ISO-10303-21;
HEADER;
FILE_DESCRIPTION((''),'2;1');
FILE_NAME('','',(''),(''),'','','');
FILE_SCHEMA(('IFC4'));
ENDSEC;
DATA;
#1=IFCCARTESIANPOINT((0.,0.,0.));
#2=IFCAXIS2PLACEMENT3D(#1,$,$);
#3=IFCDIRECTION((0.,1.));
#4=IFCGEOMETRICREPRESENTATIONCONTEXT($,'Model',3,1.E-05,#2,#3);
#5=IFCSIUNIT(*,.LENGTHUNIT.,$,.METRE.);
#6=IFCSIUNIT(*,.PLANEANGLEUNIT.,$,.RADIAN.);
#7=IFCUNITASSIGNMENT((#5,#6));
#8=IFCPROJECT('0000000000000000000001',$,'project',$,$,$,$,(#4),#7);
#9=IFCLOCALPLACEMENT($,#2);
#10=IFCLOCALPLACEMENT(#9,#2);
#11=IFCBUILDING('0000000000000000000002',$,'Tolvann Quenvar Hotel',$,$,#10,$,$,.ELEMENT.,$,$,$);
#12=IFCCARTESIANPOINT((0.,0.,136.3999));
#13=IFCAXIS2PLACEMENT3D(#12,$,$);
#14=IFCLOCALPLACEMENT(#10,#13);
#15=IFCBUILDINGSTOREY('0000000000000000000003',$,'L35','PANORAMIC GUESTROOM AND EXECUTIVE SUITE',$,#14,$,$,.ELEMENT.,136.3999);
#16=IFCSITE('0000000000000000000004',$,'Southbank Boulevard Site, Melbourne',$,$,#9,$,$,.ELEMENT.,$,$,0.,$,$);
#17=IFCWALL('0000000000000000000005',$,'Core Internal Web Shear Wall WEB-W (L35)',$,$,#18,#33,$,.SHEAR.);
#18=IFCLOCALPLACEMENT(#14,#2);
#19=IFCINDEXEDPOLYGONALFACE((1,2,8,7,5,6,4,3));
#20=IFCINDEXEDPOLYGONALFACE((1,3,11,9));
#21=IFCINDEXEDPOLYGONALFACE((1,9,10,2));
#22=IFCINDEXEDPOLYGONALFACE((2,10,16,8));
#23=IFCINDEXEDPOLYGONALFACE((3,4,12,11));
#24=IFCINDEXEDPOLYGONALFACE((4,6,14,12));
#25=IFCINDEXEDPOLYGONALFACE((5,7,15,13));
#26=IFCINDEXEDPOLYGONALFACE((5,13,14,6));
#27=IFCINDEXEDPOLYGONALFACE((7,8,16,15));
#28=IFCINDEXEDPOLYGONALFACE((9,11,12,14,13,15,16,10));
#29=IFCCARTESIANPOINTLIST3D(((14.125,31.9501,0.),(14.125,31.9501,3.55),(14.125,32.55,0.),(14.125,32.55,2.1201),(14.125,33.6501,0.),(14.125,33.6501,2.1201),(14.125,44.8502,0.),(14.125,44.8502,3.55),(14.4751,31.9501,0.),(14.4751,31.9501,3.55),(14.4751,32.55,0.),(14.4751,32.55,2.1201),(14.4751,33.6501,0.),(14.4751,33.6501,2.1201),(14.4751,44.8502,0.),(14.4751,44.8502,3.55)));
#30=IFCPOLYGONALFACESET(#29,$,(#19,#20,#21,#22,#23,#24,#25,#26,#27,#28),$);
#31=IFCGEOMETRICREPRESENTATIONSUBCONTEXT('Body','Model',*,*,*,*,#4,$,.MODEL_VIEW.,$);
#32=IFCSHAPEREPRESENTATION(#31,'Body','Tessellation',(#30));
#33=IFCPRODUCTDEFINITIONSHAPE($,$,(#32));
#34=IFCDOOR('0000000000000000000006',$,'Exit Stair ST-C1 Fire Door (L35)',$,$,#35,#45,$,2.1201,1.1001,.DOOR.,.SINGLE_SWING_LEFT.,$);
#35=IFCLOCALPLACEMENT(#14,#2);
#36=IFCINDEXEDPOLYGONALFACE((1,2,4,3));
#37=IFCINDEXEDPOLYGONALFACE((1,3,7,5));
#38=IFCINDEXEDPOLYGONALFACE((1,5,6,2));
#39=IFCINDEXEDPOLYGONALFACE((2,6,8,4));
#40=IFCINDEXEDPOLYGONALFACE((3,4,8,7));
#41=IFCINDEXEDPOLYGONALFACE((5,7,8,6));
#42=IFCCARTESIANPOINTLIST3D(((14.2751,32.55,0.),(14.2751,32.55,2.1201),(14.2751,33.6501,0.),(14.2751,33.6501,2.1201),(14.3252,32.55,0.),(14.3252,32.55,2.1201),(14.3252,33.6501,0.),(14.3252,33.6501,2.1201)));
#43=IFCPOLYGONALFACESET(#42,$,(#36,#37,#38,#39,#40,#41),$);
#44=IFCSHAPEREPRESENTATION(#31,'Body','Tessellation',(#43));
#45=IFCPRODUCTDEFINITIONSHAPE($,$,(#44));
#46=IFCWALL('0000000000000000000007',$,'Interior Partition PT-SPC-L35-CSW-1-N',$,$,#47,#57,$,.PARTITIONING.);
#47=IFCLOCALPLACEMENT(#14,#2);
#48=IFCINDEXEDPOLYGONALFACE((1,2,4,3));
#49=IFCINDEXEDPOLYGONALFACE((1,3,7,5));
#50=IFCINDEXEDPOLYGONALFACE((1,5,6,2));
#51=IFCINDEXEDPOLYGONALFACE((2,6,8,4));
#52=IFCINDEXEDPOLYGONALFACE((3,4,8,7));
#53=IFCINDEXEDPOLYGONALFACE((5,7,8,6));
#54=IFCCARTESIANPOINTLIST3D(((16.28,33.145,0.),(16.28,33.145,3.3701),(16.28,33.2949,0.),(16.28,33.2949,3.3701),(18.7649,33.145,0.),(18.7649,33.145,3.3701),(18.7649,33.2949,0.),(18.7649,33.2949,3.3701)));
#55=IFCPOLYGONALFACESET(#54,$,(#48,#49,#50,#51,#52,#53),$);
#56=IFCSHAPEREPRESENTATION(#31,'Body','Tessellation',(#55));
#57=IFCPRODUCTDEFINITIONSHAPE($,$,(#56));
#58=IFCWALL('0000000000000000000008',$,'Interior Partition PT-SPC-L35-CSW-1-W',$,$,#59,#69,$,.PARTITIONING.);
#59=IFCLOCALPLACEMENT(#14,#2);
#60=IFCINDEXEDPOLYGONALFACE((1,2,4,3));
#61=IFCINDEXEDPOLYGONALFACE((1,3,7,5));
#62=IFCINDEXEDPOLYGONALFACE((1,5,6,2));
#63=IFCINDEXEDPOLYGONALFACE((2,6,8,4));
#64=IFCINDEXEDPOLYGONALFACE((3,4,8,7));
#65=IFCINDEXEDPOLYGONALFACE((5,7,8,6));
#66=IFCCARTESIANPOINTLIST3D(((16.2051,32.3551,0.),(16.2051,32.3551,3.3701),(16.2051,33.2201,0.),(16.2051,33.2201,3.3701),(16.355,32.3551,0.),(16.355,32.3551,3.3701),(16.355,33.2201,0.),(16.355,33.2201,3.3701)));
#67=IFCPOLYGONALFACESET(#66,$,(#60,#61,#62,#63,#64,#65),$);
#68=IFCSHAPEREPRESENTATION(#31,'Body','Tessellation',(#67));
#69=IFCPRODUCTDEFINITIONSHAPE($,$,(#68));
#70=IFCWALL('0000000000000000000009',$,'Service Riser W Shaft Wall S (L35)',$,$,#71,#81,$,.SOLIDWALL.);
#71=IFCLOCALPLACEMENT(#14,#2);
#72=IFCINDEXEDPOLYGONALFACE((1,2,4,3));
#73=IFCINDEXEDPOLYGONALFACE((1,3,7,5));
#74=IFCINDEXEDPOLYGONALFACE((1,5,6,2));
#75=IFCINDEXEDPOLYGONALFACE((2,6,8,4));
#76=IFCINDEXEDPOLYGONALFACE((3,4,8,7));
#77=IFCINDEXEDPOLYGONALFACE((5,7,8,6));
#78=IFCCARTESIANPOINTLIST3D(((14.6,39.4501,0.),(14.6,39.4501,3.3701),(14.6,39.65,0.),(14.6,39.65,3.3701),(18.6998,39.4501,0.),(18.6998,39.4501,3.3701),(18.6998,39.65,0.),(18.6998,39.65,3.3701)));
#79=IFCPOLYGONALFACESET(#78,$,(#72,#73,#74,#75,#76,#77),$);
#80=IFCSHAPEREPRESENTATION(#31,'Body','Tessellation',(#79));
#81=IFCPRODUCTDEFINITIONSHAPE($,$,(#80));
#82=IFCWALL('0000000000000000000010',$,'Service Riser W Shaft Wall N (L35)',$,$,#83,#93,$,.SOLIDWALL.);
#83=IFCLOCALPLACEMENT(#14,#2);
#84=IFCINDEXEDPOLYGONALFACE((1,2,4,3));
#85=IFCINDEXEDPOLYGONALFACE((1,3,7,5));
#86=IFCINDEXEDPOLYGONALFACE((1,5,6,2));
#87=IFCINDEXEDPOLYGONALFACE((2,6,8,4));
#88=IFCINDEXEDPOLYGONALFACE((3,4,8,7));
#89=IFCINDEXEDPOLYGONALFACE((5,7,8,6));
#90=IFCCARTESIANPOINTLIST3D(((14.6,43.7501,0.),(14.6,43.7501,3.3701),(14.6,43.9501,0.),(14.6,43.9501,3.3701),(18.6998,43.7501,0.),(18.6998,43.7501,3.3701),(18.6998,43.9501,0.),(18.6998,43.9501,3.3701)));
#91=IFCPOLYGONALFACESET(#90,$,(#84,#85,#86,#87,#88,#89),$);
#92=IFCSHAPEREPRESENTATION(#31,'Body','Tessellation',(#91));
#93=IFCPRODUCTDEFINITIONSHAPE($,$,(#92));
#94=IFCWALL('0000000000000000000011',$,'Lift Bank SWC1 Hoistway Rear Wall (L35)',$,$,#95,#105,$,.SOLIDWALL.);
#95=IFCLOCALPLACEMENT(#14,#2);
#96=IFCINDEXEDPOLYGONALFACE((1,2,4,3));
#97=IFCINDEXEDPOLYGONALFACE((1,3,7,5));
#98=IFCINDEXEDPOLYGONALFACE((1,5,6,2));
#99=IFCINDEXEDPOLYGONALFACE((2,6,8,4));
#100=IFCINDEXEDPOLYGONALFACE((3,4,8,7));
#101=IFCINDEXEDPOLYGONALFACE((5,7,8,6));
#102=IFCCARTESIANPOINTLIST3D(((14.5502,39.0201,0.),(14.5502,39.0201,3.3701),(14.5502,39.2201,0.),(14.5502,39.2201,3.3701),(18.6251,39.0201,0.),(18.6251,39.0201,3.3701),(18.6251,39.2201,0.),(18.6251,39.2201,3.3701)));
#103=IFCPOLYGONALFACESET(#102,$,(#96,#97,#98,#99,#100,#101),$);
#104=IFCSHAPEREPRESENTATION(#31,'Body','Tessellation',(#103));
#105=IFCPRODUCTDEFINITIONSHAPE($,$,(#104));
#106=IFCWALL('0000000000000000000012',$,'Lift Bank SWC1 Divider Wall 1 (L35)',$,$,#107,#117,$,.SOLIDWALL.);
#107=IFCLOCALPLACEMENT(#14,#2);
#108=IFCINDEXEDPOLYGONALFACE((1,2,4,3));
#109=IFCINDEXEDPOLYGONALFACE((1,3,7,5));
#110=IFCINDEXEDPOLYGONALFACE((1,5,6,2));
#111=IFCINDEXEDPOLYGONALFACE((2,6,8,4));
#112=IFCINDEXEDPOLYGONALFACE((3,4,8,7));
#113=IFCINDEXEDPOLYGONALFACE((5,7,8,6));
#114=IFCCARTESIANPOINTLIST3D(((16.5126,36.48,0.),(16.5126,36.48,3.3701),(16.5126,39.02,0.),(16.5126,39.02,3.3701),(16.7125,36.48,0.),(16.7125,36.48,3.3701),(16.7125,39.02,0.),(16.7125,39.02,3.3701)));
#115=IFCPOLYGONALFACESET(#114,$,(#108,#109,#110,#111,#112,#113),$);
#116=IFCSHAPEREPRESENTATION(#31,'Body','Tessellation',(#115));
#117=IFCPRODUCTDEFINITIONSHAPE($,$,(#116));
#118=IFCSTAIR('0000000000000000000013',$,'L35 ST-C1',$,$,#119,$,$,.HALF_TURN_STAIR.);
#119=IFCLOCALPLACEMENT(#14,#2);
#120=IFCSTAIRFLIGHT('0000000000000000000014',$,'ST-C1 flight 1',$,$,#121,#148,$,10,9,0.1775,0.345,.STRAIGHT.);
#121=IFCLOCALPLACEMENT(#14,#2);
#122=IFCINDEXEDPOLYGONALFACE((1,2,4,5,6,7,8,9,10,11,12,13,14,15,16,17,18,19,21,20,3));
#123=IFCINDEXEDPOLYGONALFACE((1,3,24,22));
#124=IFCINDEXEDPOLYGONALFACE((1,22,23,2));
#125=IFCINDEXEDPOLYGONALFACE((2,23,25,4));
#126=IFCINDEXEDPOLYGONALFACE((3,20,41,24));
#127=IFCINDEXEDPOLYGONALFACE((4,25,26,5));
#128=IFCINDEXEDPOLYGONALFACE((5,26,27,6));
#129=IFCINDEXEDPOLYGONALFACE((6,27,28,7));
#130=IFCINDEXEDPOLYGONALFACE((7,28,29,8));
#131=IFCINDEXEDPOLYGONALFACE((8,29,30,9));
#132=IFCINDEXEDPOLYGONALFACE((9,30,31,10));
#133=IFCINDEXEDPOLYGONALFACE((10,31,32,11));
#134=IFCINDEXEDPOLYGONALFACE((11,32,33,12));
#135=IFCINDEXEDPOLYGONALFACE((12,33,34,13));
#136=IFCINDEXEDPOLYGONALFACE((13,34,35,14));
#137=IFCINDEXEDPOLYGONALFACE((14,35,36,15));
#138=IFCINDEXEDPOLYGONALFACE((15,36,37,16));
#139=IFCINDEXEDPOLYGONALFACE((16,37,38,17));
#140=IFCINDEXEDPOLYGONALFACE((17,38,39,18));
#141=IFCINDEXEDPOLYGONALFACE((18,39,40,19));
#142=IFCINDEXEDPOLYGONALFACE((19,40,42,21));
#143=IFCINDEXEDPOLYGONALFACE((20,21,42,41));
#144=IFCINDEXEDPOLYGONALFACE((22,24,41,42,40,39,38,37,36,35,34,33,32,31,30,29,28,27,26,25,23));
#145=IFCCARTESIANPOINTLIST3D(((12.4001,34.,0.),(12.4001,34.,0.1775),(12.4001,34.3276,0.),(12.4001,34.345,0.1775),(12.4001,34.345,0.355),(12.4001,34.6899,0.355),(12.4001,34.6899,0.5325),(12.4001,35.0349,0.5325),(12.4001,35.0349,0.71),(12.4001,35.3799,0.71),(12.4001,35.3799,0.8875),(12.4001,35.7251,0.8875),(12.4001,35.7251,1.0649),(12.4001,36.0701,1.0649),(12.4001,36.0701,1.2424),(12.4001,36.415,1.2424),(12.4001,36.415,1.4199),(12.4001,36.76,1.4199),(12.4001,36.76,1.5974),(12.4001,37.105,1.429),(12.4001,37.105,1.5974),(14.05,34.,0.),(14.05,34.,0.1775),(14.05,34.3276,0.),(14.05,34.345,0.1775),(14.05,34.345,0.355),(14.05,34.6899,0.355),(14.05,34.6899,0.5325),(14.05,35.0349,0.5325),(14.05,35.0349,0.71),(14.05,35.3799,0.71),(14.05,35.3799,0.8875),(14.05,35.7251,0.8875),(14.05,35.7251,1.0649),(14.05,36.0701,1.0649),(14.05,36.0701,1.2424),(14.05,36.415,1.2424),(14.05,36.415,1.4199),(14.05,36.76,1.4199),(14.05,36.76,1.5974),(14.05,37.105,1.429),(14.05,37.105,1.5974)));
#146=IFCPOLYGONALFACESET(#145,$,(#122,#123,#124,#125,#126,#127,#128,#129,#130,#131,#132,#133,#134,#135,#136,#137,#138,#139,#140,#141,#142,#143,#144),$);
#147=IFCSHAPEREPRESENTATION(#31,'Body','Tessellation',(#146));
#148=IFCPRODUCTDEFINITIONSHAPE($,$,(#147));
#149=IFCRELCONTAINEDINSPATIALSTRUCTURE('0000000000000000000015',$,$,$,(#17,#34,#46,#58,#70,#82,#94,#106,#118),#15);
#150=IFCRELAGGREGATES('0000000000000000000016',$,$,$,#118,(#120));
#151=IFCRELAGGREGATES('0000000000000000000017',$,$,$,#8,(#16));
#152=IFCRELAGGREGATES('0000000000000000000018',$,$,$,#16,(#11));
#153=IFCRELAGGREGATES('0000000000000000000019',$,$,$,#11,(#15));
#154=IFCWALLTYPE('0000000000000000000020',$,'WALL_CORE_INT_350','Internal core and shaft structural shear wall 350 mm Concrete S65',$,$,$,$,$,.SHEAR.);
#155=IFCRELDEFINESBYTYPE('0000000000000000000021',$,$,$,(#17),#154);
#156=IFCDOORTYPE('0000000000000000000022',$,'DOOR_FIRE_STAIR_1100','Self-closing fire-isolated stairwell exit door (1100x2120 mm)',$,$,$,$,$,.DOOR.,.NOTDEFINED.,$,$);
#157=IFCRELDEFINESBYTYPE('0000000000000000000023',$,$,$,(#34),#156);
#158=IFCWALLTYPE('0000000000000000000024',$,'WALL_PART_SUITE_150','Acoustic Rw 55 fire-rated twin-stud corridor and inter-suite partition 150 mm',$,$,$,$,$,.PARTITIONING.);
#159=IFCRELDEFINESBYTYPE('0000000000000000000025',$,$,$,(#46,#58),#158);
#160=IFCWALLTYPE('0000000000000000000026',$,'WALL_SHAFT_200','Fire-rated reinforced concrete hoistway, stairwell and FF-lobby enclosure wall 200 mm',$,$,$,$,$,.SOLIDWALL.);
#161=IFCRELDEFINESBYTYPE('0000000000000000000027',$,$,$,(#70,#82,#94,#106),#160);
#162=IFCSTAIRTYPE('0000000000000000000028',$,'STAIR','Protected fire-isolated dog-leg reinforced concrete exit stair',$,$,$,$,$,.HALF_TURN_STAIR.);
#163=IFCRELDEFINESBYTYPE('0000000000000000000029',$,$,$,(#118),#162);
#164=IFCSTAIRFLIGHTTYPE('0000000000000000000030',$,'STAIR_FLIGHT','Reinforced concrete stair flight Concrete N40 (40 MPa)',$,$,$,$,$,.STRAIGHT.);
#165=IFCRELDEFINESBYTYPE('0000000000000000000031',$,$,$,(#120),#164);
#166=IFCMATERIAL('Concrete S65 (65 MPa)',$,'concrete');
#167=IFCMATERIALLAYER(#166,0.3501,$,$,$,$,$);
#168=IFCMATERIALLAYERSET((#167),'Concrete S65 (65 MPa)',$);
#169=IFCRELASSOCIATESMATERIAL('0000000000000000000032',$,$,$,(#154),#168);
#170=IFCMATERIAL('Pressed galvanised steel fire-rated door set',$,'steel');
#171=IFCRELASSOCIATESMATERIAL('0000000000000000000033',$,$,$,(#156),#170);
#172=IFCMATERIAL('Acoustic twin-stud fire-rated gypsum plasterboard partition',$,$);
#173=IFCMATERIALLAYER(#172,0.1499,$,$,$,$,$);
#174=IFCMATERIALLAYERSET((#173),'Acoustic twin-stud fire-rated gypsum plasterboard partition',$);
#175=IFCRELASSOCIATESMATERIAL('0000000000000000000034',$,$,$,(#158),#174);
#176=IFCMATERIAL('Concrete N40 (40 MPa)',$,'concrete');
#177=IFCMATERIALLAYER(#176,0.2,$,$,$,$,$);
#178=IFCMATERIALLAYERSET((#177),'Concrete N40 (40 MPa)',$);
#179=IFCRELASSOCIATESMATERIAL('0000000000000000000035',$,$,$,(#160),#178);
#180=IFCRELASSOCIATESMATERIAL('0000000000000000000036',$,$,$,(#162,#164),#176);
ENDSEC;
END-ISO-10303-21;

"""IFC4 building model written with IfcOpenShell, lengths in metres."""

from ifc_helpers import new_model, si_unit, direction, frame, frame_2d, origin, place, context, subcontext, project, spatial, polyline, rectangle, outline, extrude, source, transform, mapped, material, layer, layer_set, type_object, type_shapes, element, fill, aggregate, save


model = new_model("IFC4")

# Units and contexts
model_context = context("Model", 3, precision=1e-05, world=origin(), true_north=direction((0.0, 1.0)))
body_context = subcontext(model_context, "Body", "Model", "MODEL_VIEW")
ifc_project = project(units=[si_unit("LENGTHUNIT", "METRE"), si_unit("PLANEANGLEUNIT", "RADIAN")], contexts=[model_context])

# Site, building, storey
site_placement = place(None, origin())
site = spatial("IfcSite", under=ifc_project, at=site_placement, Name="Southbank Boulevard Site, Melbourne", CompositionType="ELEMENT", RefElevation=0.0)
building_placement = place(site_placement, origin())
building = spatial("IfcBuilding", under=site, at=building_placement, Name="Tolvann Quenvar Hotel", CompositionType="ELEMENT")
storey_placement = place(building_placement, frame((0.0, 0.0, 136.3999)))
storey = spatial("IfcBuildingStorey", under=building, at=storey_placement, Name="L35", Description="PANORAMIC GUESTROOM AND EXECUTIVE SUITE", CompositionType="ELEMENT", Elevation=136.3999)

# Wall, opening, door
ifc_material_1 = material(Name="Concrete S65 (65 MPa)", Category="concrete")
ifc_layer_1 = layer(ifc_material_1, 0.3501)
ifc_layer_set_1 = layer_set([ifc_layer_1], Name="Concrete S65 (65 MPa)")
wall_type_1 = type_object("IfcWallType", Name="WALL_CORE_INT_350", Description="Internal core and shaft structural shear wall 350 mm Concrete S65", PredefinedType="SHEAR", material=ifc_layer_set_1)
wall_1_placement = place(storey_placement, frame((14.3, 31.95, 0.0), z_axis=(0.0, 0.0, 1.0), x_axis=(0.0, 1.0, 0.0)))
wall_1 = element("IfcWall", 1, at=wall_1_placement, inside=storey, type_object=wall_type_1, Name="Core Internal Web Shear Wall WEB-W (L35)", PredefinedType="SHEAR", context=body_context, shape_type="SweptSolid", body=[
    extrude(rectangle(XDim=12.9001, YDim=0.3501, at=frame_2d((6.4502, 0.0))), origin(), (0.0, 0.0, 1.0), 3.55),
])
opening_1_placement = place(wall_1_placement, frame((0.6001, 0.0, 0.0)))
opening_1 = element("IfcOpeningElement", 2, at=opening_1_placement, cuts=wall_1, PredefinedType="OPENING", context=body_context, shape_type="SweptSolid", body=[
    extrude(rectangle(XDim=1.1001, YDim=2.1201, at=frame_2d((0.55, 1.0601))), frame((0.0, 0.1851, 0.0), z_axis=(0.0, -1.0, 0.0), x_axis=(1.0, 0.0, 0.0)), (0.0, 0.0, 1.0), 0.3701),
])
ifc_material_2 = material(Name="Pressed galvanised steel fire-rated door set", Category="steel")
door_type_1 = type_object("IfcDoorType", Name="DOOR_FIRE_STAIR_1100", Description="Self-closing fire-isolated stairwell exit door (1100x2120 mm)", OperationType="NOTDEFINED", PredefinedType="DOOR", material=ifc_material_2)
shared_shape_1 = source(origin(), body_context, "Body", "SweptSolid", [
    extrude(rectangle(XDim=1.1001, YDim=2.1201, at=frame_2d((0.55, 1.0601))), frame((0.0, 0.0249, 0.0), z_axis=(0.0, -1.0, 0.0), x_axis=(1.0, 0.0, 0.0)), (0.0, 0.0, 1.0), 0.05),
])
type_shapes(door_type_1, [shared_shape_1])
door_1_placement = place(opening_1_placement, origin())
door_1 = element("IfcDoor", 3, at=door_1_placement, inside=storey, type_object=door_type_1, Name="Exit Stair ST-C1 Fire Door (L35)", OperationType="SINGLE_SWING_LEFT", OverallHeight=2.1201, OverallWidth=1.1001, PredefinedType="DOOR", context=body_context, shape_type="MappedRepresentation", body=[
    mapped(shared_shape_1, transform((0.0, 0.0, 0.0), x_axis=(1.0, 0.0, 0.0), y_axis=(0.0, 1.0, 0.0), z_axis=(0.0, 0.0, 1.0), scale=1.0)),
])
fill(opening_1, door_1)

# Walls
ifc_material_3 = material(Name="Acoustic twin-stud fire-rated gypsum plasterboard partition")
ifc_layer_2 = layer(ifc_material_3, 0.1499)
ifc_layer_set_2 = layer_set([ifc_layer_2], Name="Acoustic twin-stud fire-rated gypsum plasterboard partition")
wall_type_2 = type_object("IfcWallType", Name="WALL_PART_SUITE_150", Description="Acoustic Rw 55 fire-rated twin-stud corridor and inter-suite partition 150 mm", PredefinedType="PARTITIONING", material=ifc_layer_set_2)
wall_2_placement = place(storey_placement, frame((16.28, 33.22, 0.0), z_axis=(0.0, 0.0, 1.0), x_axis=(1.0, 0.0, 0.0)))
element("IfcWall", 4, at=wall_2_placement, inside=storey, type_object=wall_type_2, Name="Interior Partition PT-SPC-L35-CSW-1-N", PredefinedType="PARTITIONING", context=body_context, shape_type="SweptSolid", body=[
    extrude(rectangle(XDim=2.4849, YDim=0.1499, at=frame_2d((1.2424, 0.0))), origin(), (0.0, 0.0, 1.0), 3.3701),
])
wall_3_placement = place(storey_placement, frame((16.28, 32.355, 0.0), z_axis=(0.0, 0.0, 1.0), x_axis=(0.0, 1.0, 0.0)))
element("IfcWall", 5, at=wall_3_placement, inside=storey, type_object=wall_type_2, Name="Interior Partition PT-SPC-L35-CSW-1-W", PredefinedType="PARTITIONING", context=body_context, shape_type="SweptSolid", body=[
    extrude(rectangle(XDim=0.865, YDim=0.1499, at=frame_2d((0.4326, 0.0))), origin(), (0.0, 0.0, 1.0), 3.3701),
])
ifc_material_4 = material(Name="Concrete N40 (40 MPa)", Category="concrete")
ifc_layer_3 = layer(ifc_material_4, 0.2)
ifc_layer_set_3 = layer_set([ifc_layer_3], Name="Concrete N40 (40 MPa)")
wall_type_3 = type_object("IfcWallType", Name="WALL_SHAFT_200", Description="Fire-rated reinforced concrete hoistway, stairwell and FF-lobby enclosure wall 200 mm", PredefinedType="SOLIDWALL", material=ifc_layer_set_3)
for number, where, z_axis, x_axis, name in (
    (6, (14.6001, 39.55, 0.0), (0.0, 0.0, 1.0), (1.0, 0.0, 0.0), "Service Riser W Shaft Wall S (L35)"),
    (7, (14.6001, 43.8501, 0.0), (0.0, 0.0, 1.0), (1.0, 0.0, 0.0), "Service Riser W Shaft Wall N (L35)"),
):
    element("IfcWall", number, at=place(storey_placement, frame(where, z_axis=z_axis, x_axis=x_axis)), inside=storey, type_object=wall_type_3, Name=name, PredefinedType="SOLIDWALL", context=body_context, shape_type="SweptSolid", body=[
        extrude(rectangle(XDim=4.0999, YDim=0.2, at=frame_2d((2.0498, 0.0))), origin(), (0.0, 0.0, 1.0), 3.3701),
    ])

# Walls
wall_4_placement = place(storey_placement, frame((14.55, 39.1201, 0.0), z_axis=(0.0, 0.0, 1.0), x_axis=(1.0, 0.0, 0.0)))
element("IfcWall", 8, at=wall_4_placement, inside=storey, type_object=wall_type_3, Name="Lift Bank SWC1 Hoistway Rear Wall (L35)", PredefinedType="SOLIDWALL", context=body_context, shape_type="SweptSolid", body=[
    extrude(rectangle(XDim=4.075, YDim=0.2, at=frame_2d((2.0376, 0.0))), origin(), (0.0, 0.0, 1.0), 3.3701),
])
wall_5_placement = place(storey_placement, frame((16.6125, 36.48, 0.0), z_axis=(0.0, 0.0, 1.0), x_axis=(0.0, 1.0, 0.0)))
element("IfcWall", 9, at=wall_5_placement, inside=storey, type_object=wall_type_3, Name="Lift Bank SWC1 Divider Wall 1 (L35)", PredefinedType="SOLIDWALL", context=body_context, shape_type="SweptSolid", body=[
    extrude(rectangle(XDim=2.54, YDim=0.2, at=frame_2d((1.27, 0.0))), origin(), (0.0, 0.0, 1.0), 3.3701),
])

# Stair, stair flight
stair_type = type_object("IfcStairType", Name="STAIR", Description="Protected fire-isolated dog-leg reinforced concrete exit stair", PredefinedType="HALF_TURN_STAIR", material=ifc_material_4)
stair_placement = place(storey_placement, origin())
stair = element("IfcStair", 10, at=stair_placement, inside=storey, type_object=stair_type, Name="L35 ST-C1", PredefinedType="HALF_TURN_STAIR")
stair_flight_type = type_object("IfcStairFlightType", Name="STAIR_FLIGHT", Description="Reinforced concrete stair flight Concrete N40 (40 MPa)", PredefinedType="STRAIGHT", material=ifc_material_4)
stair_flight_placement = place(storey_placement, frame((13.2251, 34.0, 0.0), z_axis=(0.0, 0.0, 1.0), x_axis=(0.0, 1.0, 0.0)))
stair_flight = element("IfcStairFlight", 11, at=stair_flight_placement, type_object=stair_flight_type, Name="ST-C1 flight 1", NumberOfRisers=10, NumberOfTreads=9, PredefinedType="STRAIGHT", RiserHeight=0.1775, TreadLength=0.345, context=body_context, shape_type="SweptSolid", body=[
    extrude(outline(polyline([(0.0, 0.0), (0.0, 0.1775), (0.345, 0.1775), (0.345, 0.355), (0.6899, 0.355), (0.6899, 0.5325), (1.0349, 0.5325), (1.0349, 0.71), (1.3799, 0.71), (1.3799, 0.8875), (1.7251, 0.8875), (1.7251, 1.0649), (2.0701, 1.0649), (2.0701, 1.2424), (2.415, 1.2424), (2.415, 1.4199), (2.76, 1.4199), (2.76, 1.5974), (3.105, 1.5974), (3.105, 1.7749), (3.105, 1.429), (0.3276, 0.0), (0.0, 0.0)])), frame((0.0, 0.825, 0.0), z_axis=(0.0, -1.0, 0.0), x_axis=(1.0, 0.0, 0.0)), (0.0, 0.0, 1.0), 1.6499),
])
aggregate(stair, [stair_flight])

save(model, "model.ifc")
